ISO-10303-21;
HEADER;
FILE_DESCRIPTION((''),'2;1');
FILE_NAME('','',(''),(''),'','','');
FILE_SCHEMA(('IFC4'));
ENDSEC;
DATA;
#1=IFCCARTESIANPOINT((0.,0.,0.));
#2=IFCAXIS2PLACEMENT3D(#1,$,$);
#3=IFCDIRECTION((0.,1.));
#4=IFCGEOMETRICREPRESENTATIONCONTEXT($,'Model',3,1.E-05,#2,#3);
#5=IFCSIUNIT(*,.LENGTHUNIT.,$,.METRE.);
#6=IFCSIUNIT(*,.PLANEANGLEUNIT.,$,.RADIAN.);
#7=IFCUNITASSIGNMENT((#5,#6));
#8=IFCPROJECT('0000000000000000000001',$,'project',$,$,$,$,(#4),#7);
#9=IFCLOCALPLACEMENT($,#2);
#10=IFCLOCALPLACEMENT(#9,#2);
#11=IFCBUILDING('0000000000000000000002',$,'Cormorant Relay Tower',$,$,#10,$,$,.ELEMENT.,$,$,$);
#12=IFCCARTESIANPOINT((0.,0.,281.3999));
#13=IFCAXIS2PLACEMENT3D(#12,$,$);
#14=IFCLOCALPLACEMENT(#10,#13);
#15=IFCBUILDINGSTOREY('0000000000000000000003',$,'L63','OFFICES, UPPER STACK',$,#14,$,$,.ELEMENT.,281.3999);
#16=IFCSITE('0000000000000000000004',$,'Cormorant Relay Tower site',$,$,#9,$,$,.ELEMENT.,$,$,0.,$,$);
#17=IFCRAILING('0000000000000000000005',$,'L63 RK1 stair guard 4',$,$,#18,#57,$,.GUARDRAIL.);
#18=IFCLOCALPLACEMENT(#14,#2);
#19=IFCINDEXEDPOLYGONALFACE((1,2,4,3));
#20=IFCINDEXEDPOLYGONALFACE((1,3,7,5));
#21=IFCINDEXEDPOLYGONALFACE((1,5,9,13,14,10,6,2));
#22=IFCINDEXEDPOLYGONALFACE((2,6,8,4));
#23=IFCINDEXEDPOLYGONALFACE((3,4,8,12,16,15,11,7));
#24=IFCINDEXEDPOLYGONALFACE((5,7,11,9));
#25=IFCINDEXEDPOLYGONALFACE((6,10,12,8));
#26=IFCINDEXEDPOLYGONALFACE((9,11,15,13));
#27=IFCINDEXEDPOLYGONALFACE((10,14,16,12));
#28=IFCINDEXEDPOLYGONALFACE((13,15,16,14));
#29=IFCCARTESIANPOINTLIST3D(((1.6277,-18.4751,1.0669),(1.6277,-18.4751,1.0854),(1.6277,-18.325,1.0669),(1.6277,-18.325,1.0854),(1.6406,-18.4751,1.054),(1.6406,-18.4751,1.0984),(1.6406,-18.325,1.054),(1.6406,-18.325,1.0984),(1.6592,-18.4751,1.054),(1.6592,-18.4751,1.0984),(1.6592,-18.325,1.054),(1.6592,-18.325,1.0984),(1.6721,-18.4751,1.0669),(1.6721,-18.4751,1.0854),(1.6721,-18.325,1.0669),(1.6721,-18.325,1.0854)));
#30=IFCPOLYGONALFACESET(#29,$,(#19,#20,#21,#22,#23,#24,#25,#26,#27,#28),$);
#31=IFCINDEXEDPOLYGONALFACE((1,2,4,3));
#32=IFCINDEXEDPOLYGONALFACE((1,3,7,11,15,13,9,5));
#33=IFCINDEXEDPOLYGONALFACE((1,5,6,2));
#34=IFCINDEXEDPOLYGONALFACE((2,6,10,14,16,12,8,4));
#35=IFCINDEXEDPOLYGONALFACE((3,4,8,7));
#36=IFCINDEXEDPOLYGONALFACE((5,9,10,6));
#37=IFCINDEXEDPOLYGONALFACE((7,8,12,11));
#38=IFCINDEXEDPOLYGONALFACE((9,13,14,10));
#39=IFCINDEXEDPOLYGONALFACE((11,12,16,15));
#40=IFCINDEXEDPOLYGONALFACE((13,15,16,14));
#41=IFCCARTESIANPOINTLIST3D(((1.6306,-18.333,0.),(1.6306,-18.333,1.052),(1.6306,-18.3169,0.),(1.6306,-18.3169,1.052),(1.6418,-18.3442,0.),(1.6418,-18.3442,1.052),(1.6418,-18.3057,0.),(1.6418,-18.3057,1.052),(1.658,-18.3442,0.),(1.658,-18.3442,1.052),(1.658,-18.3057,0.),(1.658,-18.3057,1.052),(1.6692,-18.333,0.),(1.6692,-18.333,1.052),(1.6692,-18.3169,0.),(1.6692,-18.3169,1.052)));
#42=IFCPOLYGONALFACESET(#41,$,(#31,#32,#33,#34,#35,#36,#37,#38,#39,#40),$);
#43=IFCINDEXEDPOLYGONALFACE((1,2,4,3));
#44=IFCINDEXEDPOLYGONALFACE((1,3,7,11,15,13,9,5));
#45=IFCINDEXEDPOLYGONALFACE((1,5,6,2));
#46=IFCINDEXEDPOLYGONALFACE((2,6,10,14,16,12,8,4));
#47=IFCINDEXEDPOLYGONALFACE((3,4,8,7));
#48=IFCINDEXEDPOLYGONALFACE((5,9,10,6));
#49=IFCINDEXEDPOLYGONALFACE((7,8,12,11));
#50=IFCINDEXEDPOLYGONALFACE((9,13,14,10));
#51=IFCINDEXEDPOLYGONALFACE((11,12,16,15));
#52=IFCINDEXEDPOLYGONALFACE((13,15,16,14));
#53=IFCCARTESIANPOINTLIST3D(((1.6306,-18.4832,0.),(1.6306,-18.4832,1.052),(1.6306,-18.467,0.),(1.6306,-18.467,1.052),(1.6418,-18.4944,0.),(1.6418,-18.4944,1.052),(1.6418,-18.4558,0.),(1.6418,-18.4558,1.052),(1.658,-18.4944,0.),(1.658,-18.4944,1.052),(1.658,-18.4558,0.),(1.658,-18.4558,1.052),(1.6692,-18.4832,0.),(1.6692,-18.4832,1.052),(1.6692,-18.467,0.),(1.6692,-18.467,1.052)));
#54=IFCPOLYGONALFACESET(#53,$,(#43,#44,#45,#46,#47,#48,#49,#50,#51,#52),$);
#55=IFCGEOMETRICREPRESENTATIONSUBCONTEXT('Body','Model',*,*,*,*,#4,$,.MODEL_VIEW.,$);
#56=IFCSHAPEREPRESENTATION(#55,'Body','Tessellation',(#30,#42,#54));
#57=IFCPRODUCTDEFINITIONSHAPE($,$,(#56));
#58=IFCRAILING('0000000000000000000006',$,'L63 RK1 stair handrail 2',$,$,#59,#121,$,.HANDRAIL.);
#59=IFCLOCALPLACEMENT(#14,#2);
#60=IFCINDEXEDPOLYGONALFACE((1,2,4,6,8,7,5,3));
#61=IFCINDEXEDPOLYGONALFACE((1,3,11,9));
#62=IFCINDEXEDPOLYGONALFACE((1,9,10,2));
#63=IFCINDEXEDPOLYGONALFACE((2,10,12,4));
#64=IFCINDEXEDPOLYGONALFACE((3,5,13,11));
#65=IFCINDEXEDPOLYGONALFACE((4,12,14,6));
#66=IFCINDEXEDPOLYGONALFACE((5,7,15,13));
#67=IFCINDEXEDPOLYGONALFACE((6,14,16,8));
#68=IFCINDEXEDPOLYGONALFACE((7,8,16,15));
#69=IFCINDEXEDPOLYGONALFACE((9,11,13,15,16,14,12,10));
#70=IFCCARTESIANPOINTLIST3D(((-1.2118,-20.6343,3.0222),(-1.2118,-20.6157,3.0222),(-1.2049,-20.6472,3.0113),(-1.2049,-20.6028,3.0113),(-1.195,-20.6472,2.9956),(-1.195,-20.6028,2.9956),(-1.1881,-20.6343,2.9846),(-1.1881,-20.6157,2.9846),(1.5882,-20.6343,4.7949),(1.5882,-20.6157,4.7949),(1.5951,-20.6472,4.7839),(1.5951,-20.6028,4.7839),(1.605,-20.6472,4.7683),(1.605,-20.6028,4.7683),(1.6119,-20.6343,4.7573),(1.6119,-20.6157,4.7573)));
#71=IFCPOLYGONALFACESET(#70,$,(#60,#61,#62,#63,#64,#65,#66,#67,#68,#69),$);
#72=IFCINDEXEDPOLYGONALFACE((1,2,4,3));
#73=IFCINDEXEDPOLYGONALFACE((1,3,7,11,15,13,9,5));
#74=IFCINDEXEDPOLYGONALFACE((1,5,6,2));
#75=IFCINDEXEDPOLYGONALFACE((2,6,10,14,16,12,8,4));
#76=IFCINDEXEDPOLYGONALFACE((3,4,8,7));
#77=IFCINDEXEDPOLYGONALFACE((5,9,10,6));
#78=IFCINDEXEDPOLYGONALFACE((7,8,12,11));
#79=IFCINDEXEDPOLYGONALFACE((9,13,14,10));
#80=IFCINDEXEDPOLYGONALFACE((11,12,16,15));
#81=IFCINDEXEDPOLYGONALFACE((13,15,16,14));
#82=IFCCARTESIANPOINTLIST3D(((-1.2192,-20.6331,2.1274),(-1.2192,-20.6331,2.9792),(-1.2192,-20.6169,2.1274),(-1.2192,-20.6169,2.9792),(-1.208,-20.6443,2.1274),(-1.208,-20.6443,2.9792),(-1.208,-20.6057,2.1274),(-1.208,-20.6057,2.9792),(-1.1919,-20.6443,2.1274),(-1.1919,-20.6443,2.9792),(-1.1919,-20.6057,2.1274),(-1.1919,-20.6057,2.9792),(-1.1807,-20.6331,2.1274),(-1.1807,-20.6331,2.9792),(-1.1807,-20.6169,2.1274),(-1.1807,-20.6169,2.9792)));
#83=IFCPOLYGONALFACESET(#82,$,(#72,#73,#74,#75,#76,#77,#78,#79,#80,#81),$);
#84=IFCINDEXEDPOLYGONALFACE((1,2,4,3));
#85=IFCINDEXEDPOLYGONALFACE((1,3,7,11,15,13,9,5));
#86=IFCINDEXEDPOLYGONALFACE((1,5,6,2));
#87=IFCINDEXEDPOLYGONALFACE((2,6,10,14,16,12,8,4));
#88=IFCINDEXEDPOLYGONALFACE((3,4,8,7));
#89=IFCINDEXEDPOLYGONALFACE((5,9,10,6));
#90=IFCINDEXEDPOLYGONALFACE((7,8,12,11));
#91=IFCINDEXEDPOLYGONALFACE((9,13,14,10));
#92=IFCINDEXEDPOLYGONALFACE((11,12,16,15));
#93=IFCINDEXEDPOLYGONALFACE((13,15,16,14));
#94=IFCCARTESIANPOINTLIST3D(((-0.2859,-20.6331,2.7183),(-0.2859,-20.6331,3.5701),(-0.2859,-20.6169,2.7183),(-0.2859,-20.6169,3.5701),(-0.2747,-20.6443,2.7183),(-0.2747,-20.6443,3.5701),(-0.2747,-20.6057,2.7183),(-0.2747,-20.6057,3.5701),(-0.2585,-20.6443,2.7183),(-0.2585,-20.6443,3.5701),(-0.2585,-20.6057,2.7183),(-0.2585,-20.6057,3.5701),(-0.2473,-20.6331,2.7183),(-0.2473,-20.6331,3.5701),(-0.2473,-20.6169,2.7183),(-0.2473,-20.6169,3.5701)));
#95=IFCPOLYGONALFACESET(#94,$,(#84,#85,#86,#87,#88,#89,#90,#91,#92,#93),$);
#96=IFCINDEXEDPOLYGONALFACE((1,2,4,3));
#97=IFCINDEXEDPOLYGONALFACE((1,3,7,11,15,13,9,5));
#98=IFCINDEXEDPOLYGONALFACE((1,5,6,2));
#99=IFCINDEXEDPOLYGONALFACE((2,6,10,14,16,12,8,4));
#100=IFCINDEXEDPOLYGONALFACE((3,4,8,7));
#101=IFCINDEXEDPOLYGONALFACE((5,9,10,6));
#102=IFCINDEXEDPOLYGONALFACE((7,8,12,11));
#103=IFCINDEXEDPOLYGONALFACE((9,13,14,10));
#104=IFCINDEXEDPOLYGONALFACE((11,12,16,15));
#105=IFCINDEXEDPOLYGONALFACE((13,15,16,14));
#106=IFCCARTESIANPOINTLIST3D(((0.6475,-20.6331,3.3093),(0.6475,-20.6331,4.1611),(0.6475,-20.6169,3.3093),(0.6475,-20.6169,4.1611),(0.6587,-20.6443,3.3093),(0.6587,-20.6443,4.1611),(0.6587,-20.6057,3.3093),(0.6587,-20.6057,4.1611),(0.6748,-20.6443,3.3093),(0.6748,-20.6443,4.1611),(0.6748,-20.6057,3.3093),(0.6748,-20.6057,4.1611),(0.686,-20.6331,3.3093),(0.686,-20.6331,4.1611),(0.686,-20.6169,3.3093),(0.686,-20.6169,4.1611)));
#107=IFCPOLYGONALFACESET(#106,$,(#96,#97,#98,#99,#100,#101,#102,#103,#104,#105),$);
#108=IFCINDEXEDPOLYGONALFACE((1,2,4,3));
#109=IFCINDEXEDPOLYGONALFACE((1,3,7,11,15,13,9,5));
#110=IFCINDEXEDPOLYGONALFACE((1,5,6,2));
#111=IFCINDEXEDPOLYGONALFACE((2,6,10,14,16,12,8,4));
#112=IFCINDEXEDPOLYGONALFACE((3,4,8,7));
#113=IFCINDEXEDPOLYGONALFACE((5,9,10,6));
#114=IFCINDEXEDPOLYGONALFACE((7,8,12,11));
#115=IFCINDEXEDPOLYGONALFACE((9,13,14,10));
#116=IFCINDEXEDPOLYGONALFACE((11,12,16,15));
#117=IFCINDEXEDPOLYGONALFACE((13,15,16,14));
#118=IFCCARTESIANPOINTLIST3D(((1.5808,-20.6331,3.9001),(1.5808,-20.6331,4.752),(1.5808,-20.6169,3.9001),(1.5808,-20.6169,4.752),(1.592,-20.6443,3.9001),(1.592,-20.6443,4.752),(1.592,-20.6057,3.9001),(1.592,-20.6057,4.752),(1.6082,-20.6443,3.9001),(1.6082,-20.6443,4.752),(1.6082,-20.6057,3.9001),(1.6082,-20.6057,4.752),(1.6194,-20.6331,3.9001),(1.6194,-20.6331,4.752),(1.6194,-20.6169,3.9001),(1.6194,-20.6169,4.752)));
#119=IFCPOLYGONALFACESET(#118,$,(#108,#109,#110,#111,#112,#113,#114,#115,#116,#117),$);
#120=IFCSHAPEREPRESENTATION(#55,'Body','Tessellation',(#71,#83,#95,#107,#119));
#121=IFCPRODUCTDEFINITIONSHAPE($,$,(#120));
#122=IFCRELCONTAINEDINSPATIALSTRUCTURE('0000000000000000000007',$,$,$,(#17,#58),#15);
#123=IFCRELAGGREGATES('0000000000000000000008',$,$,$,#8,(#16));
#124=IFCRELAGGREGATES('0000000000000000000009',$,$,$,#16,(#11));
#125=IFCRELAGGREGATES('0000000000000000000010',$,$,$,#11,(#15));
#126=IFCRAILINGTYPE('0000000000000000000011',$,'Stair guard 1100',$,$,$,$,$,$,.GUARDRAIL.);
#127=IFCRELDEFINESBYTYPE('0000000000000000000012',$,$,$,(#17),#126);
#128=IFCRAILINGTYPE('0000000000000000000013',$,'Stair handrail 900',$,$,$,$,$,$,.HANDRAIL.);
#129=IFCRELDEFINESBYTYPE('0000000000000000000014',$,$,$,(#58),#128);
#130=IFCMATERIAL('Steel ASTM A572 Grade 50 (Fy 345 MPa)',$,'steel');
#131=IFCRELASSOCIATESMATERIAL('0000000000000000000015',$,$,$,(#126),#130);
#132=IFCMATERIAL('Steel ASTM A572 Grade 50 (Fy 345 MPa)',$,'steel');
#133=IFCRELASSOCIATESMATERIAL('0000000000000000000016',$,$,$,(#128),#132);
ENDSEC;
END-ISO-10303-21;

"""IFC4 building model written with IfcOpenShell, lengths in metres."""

from ifc_helpers import new_model, si_unit, direction, frame, origin, place, context, subcontext, project, spatial, polyline, outline, extrude, material, type_object, element, save


model = new_model("IFC4")

# Units and contexts
model_context = context("Model", 3, precision=1e-05, world=origin(), true_north=direction((0.0, 1.0)))
body_context = subcontext(model_context, "Body", "Model", "MODEL_VIEW")
ifc_project = project(units=[si_unit("LENGTHUNIT", "METRE"), si_unit("PLANEANGLEUNIT", "RADIAN")], contexts=[model_context])

# Site, building, storey
site_placement = place(None, origin())
site = spatial("IfcSite", under=ifc_project, at=site_placement, Name="Cormorant Relay Tower site", CompositionType="ELEMENT", RefElevation=0.0)
building_placement = place(site_placement, origin())
building = spatial("IfcBuilding", under=site, at=building_placement, Name="Cormorant Relay Tower", CompositionType="ELEMENT")
storey_placement = place(building_placement, frame((0.0, 0.0, 281.3999)))
storey = spatial("IfcBuildingStorey", under=building, at=storey_placement, Name="L63", Description="OFFICES, UPPER STACK", CompositionType="ELEMENT", Elevation=281.3999)

# Railings
ifc_material_1 = material(Name="Steel ASTM A572 Grade 50 (Fy 345 MPa)", Category="steel")
railing_type_1 = type_object("IfcRailingType", Name="Stair guard 1100", PredefinedType="GUARDRAIL", material=ifc_material_1)
railing_1_placement = place(storey_placement, frame((1.6499, -18.325, 0.0)))
element("IfcRailing", 1, at=railing_1_placement, inside=storey, type_object=railing_type_1, Name="L63 RK1 stair guard 4", PredefinedType="GUARDRAIL", context=body_context, shape_type="SweptSolid", body=[
    extrude(outline(polyline([(0.0222, 0.0093), (0.0093, 0.0222), (-0.0093, 0.0222), (-0.0222, 0.0093), (-0.0222, -0.0093), (-0.0093, -0.0222), (0.0093, -0.0222), (0.0222, -0.0093), (0.0222, 0.0093)])), frame((0.0, 0.0, 1.0762), z_axis=(0.0, -1.0, 0.0), x_axis=(1.0, 0.0, 0.0)), (0.0, 0.0, 1.0), 0.1501),
    extrude(outline(polyline([(0.0193, 0.0081), (0.0081, 0.0193), (-0.0081, 0.0193), (-0.0193, 0.0081), (-0.0193, -0.0081), (-0.0081, -0.0193), (0.0081, -0.0193), (0.0193, -0.0081), (0.0193, 0.0081)])), origin(), (0.0, 0.0, 1.0), 1.052),
    extrude(outline(polyline([(0.0193, 0.0081), (0.0081, 0.0193), (-0.0081, 0.0193), (-0.0193, 0.0081), (-0.0193, -0.0081), (-0.0081, -0.0193), (0.0081, -0.0193), (0.0193, -0.0081), (0.0193, 0.0081)])), frame((0.0, -0.1501, 0.0)), (0.0, 0.0, 1.0), 1.052),
])
ifc_material_2 = material(Name="Steel ASTM A572 Grade 50 (Fy 345 MPa)", Category="steel")
railing_type_2 = type_object("IfcRailingType", Name="Stair handrail 900", PredefinedType="HANDRAIL", material=ifc_material_2)
railing_2_placement = place(storey_placement, frame((-1.2, -20.625, 2.1274)))
element("IfcRailing", 2, at=railing_2_placement, inside=storey, type_object=railing_type_2, Name="L63 RK1 stair handrail 2", PredefinedType="HANDRAIL", context=body_context, shape_type="SweptSolid", body=[
    extrude(outline(polyline([(0.0222, 0.0093), (0.0093, 0.0222), (-0.0093, 0.0222), (-0.0222, 0.0093), (-0.0222, -0.0093), (-0.0093, -0.0222), (0.0093, -0.0222), (0.0222, -0.0093), (0.0222, 0.0093)])), frame((0.0, 0.0, 0.876), z_axis=(0.844909, 0.0, 0.53491), x_axis=(0.0, 1.0, 0.0)), (0.0, 0.0, 1.0), 3.314),
    extrude(outline(polyline([(0.0193, 0.0081), (0.0081, 0.0193), (-0.0081, 0.0193), (-0.0193, 0.0081), (-0.0193, -0.0081), (-0.0081, -0.0193), (0.0081, -0.0193), (0.0193, -0.0081), (0.0193, 0.0081)])), origin(), (0.0, 0.0, 1.0), 0.8518),
    extrude(outline(polyline([(0.0193, 0.0081), (0.0081, 0.0193), (-0.0081, 0.0193), (-0.0193, 0.0081), (-0.0193, -0.0081), (-0.0081, -0.0193), (0.0081, -0.0193), (0.0193, -0.0081), (0.0193, 0.0081)])), frame((0.9333, 0.0, 0.5908)), (0.0, 0.0, 1.0), 0.8518),
    extrude(outline(polyline([(0.0193, 0.0081), (0.0081, 0.0193), (-0.0081, 0.0193), (-0.0193, 0.0081), (-0.0193, -0.0081), (-0.0081, -0.0193), (0.0081, -0.0193), (0.0193, -0.0081), (0.0193, 0.0081)])), frame((1.8667, 0.0, 1.1819)), (0.0, 0.0, 1.0), 0.8518),
    extrude(outline(polyline([(0.0193, 0.0081), (0.0081, 0.0193), (-0.0081, 0.0193), (-0.0193, 0.0081), (-0.0193, -0.0081), (-0.0081, -0.0193), (0.0081, -0.0193), (0.0193, -0.0081), (0.0193, 0.0081)])), frame((2.8, 0.0, 1.7727)), (0.0, 0.0, 1.0), 0.8518),
])

save(model, "model.ifc")
